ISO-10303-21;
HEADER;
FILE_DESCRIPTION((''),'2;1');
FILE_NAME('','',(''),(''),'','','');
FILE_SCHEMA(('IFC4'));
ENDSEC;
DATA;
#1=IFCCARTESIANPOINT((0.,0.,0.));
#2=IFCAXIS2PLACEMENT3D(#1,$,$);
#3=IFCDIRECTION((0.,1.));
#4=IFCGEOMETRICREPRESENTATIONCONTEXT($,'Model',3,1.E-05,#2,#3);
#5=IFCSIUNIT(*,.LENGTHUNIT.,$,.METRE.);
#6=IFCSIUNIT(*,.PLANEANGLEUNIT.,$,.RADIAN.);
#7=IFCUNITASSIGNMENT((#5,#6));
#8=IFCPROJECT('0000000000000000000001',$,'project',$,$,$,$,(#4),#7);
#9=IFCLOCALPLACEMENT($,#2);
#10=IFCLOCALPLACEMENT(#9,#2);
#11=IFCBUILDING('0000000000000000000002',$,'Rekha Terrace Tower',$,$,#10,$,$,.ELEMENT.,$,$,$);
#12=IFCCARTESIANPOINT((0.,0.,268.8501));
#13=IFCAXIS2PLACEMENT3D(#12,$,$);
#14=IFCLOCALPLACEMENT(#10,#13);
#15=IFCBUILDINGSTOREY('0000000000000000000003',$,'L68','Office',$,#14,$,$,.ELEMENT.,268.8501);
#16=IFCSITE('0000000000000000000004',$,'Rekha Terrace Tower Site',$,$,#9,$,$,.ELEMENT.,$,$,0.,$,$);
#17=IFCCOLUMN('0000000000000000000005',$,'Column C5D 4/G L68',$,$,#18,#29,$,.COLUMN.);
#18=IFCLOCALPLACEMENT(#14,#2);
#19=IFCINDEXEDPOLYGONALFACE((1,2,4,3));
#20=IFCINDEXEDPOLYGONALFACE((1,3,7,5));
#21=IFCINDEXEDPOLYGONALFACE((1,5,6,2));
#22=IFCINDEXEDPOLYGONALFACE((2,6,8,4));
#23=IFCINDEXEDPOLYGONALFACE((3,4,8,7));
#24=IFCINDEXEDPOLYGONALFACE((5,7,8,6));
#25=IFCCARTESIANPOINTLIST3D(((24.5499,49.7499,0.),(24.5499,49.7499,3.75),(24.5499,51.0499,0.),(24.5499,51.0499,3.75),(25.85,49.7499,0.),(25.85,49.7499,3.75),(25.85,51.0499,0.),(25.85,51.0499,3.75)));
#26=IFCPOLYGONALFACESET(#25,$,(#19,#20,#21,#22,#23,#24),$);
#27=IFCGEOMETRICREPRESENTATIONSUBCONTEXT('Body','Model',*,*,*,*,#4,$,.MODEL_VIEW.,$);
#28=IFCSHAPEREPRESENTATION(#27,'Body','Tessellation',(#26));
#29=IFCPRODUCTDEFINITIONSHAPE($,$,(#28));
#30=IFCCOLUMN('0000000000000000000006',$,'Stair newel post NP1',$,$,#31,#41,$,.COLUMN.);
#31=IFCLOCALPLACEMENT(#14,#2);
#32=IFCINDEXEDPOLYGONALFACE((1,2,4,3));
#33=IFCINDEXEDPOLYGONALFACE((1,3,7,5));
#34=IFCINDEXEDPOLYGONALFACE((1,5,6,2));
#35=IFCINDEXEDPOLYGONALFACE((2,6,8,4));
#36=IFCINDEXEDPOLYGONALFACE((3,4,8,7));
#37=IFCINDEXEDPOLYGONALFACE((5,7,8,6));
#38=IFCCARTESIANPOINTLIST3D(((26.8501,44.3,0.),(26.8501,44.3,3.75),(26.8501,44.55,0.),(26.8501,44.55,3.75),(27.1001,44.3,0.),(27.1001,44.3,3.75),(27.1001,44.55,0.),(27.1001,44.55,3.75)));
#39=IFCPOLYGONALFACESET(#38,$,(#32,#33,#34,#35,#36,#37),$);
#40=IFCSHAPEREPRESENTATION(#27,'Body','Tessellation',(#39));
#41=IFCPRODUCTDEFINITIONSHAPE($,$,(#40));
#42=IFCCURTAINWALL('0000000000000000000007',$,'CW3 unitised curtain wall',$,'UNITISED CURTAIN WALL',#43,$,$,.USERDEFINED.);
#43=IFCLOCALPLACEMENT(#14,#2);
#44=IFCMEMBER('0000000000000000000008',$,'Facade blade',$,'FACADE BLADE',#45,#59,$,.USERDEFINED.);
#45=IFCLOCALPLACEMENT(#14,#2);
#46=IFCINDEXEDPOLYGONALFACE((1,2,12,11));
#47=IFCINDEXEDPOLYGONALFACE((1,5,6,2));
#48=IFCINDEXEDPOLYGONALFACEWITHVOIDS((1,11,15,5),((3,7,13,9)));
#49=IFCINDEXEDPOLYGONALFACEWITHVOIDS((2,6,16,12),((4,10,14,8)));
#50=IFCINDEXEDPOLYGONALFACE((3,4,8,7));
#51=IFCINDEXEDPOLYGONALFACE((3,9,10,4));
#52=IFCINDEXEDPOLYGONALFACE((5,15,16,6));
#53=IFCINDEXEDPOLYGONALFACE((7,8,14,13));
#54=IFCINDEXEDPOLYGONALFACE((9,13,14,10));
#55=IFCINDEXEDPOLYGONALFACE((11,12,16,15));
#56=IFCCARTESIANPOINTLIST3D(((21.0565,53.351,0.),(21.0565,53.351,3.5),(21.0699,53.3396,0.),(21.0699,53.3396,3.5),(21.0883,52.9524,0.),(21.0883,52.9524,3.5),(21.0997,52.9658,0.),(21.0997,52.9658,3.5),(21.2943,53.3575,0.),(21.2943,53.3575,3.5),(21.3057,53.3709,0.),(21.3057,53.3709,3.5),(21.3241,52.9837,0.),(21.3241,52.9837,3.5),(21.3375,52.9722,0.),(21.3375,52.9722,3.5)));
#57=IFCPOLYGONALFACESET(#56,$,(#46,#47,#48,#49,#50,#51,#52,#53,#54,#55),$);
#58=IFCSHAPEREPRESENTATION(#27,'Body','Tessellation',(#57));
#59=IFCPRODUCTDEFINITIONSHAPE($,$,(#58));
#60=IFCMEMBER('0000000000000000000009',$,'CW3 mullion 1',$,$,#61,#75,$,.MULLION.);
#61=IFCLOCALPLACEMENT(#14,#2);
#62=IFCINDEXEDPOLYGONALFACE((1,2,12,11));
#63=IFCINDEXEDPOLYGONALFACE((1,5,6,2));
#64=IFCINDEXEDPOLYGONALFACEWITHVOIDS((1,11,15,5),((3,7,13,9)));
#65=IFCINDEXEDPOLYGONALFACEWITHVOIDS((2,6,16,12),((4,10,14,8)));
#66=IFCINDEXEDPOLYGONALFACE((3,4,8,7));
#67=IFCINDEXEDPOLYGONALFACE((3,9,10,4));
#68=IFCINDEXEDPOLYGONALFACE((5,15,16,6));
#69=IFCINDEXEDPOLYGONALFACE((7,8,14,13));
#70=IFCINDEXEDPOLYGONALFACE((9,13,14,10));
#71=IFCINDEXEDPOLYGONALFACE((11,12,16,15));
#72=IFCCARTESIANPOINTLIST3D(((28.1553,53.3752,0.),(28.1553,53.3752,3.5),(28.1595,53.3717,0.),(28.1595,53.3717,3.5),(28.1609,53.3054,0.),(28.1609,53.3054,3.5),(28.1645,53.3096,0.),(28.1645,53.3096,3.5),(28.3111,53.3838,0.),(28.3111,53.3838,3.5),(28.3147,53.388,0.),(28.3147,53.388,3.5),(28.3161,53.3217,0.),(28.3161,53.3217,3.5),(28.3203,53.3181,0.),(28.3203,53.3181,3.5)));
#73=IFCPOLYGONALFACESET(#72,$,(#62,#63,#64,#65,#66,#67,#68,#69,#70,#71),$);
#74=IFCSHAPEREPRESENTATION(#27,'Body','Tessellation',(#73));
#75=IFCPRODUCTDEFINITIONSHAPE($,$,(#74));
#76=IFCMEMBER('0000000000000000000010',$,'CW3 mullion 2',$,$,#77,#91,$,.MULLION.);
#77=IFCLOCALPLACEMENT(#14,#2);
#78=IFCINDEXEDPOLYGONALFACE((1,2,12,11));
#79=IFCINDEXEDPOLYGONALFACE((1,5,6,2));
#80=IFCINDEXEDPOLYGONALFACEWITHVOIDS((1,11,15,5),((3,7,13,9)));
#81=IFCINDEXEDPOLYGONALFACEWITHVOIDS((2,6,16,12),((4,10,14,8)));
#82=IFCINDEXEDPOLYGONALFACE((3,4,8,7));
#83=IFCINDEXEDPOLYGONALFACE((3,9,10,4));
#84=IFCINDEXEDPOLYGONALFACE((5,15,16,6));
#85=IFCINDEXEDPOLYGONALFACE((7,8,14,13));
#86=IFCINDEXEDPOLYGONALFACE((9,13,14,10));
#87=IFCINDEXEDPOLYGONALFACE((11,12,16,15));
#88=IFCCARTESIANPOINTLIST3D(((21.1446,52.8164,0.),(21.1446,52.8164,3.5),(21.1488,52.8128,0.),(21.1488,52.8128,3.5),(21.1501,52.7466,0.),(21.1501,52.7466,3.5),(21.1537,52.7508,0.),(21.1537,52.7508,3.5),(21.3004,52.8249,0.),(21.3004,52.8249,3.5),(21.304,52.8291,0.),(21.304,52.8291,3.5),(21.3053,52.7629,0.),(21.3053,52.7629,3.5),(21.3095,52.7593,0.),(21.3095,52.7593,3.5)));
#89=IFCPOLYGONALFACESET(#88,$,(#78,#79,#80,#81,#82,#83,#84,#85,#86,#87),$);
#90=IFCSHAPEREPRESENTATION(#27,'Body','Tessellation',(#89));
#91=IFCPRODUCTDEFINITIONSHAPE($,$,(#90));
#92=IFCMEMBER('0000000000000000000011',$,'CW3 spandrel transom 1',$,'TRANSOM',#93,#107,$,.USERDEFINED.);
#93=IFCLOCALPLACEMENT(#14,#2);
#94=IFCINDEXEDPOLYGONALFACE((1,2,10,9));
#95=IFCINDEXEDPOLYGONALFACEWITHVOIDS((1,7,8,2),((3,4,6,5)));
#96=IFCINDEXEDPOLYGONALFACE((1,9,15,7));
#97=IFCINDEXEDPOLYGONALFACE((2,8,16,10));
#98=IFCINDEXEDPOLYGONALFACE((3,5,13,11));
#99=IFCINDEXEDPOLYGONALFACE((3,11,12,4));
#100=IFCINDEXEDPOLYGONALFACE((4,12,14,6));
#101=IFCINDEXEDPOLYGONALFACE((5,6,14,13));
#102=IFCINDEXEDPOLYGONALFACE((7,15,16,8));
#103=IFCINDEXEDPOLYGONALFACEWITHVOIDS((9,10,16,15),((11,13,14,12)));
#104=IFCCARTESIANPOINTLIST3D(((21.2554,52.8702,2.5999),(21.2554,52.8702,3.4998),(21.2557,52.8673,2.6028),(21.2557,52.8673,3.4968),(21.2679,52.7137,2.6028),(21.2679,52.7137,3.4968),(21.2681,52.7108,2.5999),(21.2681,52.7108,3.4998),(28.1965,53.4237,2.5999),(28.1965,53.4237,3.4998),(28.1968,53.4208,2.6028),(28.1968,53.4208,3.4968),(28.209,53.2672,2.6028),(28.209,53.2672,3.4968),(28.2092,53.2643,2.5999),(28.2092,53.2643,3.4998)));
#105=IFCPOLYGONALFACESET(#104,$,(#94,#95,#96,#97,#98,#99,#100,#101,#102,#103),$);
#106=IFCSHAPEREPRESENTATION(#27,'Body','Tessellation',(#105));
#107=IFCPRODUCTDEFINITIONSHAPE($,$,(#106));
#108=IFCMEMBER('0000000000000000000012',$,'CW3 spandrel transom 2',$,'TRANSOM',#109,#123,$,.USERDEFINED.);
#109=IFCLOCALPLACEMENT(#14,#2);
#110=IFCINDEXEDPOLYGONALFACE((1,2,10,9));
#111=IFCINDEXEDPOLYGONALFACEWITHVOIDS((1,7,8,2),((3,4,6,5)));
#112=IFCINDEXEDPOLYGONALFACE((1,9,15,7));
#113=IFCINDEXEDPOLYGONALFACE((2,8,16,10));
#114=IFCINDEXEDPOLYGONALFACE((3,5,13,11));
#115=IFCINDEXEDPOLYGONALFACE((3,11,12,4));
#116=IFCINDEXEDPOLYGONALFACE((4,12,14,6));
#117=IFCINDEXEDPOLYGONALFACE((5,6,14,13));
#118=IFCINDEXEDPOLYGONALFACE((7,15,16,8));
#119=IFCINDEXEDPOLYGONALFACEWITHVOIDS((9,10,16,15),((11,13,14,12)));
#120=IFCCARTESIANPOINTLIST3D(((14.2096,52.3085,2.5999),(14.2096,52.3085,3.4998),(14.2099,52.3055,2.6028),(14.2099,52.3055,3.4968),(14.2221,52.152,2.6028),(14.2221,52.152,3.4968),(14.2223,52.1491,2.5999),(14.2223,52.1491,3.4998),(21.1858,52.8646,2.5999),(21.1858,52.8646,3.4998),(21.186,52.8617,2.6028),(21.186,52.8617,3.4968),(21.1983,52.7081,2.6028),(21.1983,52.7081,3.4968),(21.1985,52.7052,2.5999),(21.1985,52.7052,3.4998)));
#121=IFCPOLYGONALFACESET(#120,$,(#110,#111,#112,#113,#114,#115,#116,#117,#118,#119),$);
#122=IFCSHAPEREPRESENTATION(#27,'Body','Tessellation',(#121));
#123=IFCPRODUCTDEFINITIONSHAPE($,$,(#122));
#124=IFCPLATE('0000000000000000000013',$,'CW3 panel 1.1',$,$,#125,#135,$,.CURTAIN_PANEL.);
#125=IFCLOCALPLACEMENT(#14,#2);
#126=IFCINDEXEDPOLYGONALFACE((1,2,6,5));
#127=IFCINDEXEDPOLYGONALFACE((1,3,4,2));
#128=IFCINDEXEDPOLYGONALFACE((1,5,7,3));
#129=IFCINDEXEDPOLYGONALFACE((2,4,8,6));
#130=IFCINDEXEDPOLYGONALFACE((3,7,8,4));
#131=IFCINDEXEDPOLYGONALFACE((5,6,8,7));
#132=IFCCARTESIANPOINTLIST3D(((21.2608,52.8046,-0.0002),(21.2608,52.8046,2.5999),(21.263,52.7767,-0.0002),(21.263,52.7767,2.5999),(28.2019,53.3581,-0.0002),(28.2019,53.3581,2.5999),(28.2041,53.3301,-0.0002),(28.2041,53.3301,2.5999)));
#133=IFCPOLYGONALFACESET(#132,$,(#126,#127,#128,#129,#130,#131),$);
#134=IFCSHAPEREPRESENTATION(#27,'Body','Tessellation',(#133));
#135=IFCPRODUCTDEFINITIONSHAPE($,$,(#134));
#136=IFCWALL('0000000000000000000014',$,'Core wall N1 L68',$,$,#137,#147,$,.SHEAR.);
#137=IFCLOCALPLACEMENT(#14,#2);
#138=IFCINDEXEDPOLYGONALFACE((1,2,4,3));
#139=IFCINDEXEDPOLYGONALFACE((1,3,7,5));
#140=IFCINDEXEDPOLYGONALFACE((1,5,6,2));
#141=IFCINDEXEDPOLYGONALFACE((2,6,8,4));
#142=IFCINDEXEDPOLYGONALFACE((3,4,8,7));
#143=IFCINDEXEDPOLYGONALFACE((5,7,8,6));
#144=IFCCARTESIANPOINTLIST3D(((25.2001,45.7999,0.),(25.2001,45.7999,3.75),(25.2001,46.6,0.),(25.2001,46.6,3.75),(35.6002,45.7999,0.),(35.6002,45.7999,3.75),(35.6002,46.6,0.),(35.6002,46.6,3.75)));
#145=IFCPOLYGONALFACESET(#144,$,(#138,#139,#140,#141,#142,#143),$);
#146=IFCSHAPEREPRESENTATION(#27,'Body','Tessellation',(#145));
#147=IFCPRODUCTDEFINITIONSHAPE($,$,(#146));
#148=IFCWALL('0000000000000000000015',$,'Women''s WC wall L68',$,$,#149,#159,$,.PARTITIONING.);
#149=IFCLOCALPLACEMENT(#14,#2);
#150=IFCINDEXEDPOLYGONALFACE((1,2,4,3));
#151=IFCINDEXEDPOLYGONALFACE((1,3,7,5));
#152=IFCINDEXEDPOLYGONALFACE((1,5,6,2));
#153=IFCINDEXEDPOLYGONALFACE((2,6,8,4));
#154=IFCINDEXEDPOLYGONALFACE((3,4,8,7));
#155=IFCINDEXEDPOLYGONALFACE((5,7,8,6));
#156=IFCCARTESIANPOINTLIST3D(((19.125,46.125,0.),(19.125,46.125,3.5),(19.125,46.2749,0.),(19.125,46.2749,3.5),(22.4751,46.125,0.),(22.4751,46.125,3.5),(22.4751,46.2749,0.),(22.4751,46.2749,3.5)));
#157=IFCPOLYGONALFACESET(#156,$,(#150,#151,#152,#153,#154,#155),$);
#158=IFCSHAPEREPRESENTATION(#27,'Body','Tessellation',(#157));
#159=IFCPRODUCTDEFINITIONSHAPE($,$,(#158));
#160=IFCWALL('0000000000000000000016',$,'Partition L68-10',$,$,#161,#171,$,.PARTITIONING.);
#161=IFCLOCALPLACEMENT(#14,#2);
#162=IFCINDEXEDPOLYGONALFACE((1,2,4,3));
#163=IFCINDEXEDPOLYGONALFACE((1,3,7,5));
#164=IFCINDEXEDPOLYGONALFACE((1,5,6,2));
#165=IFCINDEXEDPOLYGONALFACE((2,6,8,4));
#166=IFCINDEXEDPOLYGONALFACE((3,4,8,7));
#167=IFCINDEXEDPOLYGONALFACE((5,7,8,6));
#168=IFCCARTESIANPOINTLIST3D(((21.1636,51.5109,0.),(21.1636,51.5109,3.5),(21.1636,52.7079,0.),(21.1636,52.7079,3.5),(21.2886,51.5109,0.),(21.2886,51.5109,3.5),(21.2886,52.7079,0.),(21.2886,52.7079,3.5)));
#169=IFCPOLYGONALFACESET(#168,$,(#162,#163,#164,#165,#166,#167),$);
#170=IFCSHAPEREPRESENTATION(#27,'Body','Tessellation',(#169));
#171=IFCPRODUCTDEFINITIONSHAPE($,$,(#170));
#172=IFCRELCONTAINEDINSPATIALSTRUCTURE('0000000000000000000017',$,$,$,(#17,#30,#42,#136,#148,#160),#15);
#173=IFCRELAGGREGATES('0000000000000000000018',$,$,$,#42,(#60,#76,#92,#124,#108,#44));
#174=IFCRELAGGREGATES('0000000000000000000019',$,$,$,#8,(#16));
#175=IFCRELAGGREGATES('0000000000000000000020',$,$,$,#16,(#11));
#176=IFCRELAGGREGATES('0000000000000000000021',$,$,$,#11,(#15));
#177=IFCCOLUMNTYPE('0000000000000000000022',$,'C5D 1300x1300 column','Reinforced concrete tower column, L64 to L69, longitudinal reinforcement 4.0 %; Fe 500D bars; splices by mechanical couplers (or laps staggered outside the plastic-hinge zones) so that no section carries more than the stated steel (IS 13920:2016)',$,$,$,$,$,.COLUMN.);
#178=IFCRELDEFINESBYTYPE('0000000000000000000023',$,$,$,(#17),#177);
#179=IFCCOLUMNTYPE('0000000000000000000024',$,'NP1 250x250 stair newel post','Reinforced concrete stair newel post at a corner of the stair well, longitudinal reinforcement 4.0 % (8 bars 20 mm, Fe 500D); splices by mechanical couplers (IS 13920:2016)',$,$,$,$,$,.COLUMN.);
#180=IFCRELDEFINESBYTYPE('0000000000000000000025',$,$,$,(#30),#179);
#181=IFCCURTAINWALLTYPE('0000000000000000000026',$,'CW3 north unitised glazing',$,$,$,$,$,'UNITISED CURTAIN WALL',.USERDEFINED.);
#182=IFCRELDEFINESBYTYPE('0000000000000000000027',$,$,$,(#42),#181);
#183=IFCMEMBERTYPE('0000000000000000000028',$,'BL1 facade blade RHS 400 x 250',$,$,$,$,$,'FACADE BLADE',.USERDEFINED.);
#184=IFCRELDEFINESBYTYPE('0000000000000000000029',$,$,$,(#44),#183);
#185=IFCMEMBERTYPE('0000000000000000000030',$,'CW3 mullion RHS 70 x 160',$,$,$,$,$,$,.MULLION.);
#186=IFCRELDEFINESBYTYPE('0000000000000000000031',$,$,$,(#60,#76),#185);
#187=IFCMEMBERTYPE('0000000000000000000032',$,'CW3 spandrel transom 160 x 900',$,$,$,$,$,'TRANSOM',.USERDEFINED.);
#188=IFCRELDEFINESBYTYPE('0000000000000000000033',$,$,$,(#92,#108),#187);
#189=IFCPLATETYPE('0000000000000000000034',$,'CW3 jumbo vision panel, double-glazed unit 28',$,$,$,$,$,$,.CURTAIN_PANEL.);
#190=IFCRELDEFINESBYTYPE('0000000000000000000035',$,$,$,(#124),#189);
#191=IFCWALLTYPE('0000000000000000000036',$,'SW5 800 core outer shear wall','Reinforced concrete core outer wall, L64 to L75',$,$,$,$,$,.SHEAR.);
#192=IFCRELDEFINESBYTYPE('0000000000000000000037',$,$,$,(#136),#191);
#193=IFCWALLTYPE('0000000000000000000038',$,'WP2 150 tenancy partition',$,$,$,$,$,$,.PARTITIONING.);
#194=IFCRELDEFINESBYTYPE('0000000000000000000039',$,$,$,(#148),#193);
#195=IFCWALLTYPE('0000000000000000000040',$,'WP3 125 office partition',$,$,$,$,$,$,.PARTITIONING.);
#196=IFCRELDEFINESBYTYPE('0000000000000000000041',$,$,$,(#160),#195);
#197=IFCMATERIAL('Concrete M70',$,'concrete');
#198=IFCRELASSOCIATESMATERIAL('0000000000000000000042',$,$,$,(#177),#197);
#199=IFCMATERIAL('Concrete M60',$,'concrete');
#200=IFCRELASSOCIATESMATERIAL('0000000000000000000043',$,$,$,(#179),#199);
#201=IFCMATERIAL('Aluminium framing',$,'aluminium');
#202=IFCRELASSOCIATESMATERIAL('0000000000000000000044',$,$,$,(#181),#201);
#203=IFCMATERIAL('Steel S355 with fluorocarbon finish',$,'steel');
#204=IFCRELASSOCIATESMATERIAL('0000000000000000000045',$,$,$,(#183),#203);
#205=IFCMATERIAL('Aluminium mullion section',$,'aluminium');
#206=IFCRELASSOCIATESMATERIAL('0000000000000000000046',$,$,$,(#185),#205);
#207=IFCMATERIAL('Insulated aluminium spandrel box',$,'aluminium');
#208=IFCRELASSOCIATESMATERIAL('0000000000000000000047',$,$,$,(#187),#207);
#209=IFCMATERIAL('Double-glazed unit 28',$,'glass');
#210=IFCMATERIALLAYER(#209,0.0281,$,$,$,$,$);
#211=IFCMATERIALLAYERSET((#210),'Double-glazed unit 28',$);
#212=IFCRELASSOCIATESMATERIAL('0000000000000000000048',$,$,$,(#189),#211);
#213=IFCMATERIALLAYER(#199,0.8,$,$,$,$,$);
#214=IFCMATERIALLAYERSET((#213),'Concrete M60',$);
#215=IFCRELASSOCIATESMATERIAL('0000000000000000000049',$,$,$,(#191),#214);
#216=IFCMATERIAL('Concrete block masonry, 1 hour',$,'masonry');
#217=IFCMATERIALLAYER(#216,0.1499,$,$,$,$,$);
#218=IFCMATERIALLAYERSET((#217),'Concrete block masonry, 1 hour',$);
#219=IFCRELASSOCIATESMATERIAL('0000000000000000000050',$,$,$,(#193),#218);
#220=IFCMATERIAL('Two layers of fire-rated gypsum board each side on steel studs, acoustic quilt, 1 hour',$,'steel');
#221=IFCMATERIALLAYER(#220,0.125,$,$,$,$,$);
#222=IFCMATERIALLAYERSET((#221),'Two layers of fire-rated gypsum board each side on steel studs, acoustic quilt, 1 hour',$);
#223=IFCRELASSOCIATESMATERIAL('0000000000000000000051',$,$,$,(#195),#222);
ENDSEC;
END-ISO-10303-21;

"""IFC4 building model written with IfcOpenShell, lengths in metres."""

from ifc_helpers import new_model, si_unit, direction, frame, frame_2d, origin, origin_2d, place, context, subcontext, project, spatial, rectangle, hollow_rectangle, extrude, material, layer, layer_set, material_profile, profile_set, type_object, element, aggregate, save


model = new_model("IFC4")

# Units and contexts
model_context = context("Model", 3, precision=1e-05, world=origin(), true_north=direction((0.0, 1.0)))
body_context = subcontext(model_context, "Body", "Model", "MODEL_VIEW")
ifc_project = project(units=[si_unit("LENGTHUNIT", "METRE"), si_unit("PLANEANGLEUNIT", "RADIAN")], contexts=[model_context])

# Site, building, storey
site_placement = place(None, origin())
site = spatial("IfcSite", under=ifc_project, at=site_placement, Name="Rekha Terrace Tower Site", CompositionType="ELEMENT", RefElevation=0.0)
building_placement = place(site_placement, origin())
building = spatial("IfcBuilding", under=site, at=building_placement, Name="Rekha Terrace Tower", CompositionType="ELEMENT")
storey_placement = place(building_placement, frame((0.0, 0.0, 268.8501)))
storey = spatial("IfcBuildingStorey", under=building, at=storey_placement, Name="L68", Description="Office", CompositionType="ELEMENT", Elevation=268.8501)

# Columns
ifc_material_1 = material(Name="Concrete M70", Category="concrete")
ifc_material_profile_1 = material_profile(ifc_material_1, rectangle(XDim=1.3, YDim=1.3, at=origin_2d()), Name="RC 1300x1300")
ifc_profile_set_1 = profile_set([ifc_material_profile_1], Name="Concrete M70")
column_type_1 = type_object("IfcColumnType", Name="C5D 1300x1300 column", Description="Reinforced concrete tower column, L64 to L69, longitudinal reinforcement 4.0 %; Fe 500D bars; splices by mechanical couplers (or laps staggered outside the plastic-hinge zones) so that no section carries more than the stated steel (IS 13920:2016)", PredefinedType="COLUMN", material=ifc_profile_set_1)
column_1_placement = place(storey_placement, frame((25.2, 50.3999, 0.0), z_axis=(0.0, 0.0, 1.0), x_axis=(1.0, 0.0, 0.0)))
element("IfcColumn", 1, at=column_1_placement, inside=storey, type_object=column_type_1, Name="Column C5D 4/G L68", PredefinedType="COLUMN", context=body_context, shape_type="SweptSolid", body=[
    extrude(rectangle(XDim=1.3, YDim=1.3, at=origin_2d()), origin(), (0.0, 0.0, 1.0), 3.75),
])
ifc_material_2 = material(Name="Concrete M60", Category="concrete")
ifc_material_profile_2 = material_profile(ifc_material_2, rectangle(XDim=0.25, YDim=0.25, at=origin_2d()), Name="RC 250x250")
ifc_profile_set_2 = profile_set([ifc_material_profile_2], Name="Concrete M60")
column_type_2 = type_object("IfcColumnType", Name="NP1 250x250 stair newel post", Description="Reinforced concrete stair newel post at a corner of the stair well, longitudinal reinforcement 4.0 % (8 bars 20 mm, Fe 500D); splices by mechanical couplers (IS 13920:2016)", PredefinedType="COLUMN", material=ifc_profile_set_2)
column_2_placement = place(storey_placement, frame((26.9751, 44.425, 0.0), z_axis=(0.0, 0.0, 1.0), x_axis=(1.0, 0.0, 0.0)))
element("IfcColumn", 2, at=column_2_placement, inside=storey, type_object=column_type_2, Name="Stair newel post NP1", PredefinedType="COLUMN", context=body_context, shape_type="SweptSolid", body=[
    extrude(rectangle(XDim=0.25, YDim=0.25, at=origin_2d()), origin(), (0.0, 0.0, 1.0), 3.75),
])

# Curtain wall, members, plate
ifc_material_3 = material(Name="Aluminium framing", Category="aluminium")
curtain_wall_type = type_object("IfcCurtainWallType", Name="CW3 north unitised glazing", ElementType="UNITISED CURTAIN WALL", PredefinedType="USERDEFINED", material=ifc_material_3)
curtain_wall_placement = place(storey_placement, origin())
curtain_wall = element("IfcCurtainWall", 3, at=curtain_wall_placement, inside=storey, type_object=curtain_wall_type, Name="CW3 unitised curtain wall", ObjectType="UNITISED CURTAIN WALL", PredefinedType="USERDEFINED")
ifc_material_4 = material(Name="Steel S355 with fluorocarbon finish", Category="steel")
ifc_material_profile_3 = material_profile(ifc_material_4, hollow_rectangle(XDim=0.25, YDim=0.3999, WallThickness=0.0125, at=origin_2d()), Name="RHS400x250x12.5")
ifc_profile_set_3 = profile_set([ifc_material_profile_3], Name="Steel S355 with fluorocarbon finish")
member_type_1 = type_object("IfcMemberType", Name="BL1 facade blade RHS 400 x 250", ElementType="FACADE BLADE", PredefinedType="USERDEFINED", material=ifc_profile_set_3)
member_1_placement = place(storey_placement, frame((21.197, 53.1616, 0.0), z_axis=(0.0, 0.0, 1.0), x_axis=(-0.996836, -0.079486, 0.0)))
member_1 = element("IfcMember", 4, at=member_1_placement, type_object=member_type_1, Name="Facade blade", ObjectType="FACADE BLADE", PredefinedType="USERDEFINED", context=body_context, shape_type="SweptSolid", body=[
    extrude(hollow_rectangle(XDim=0.25, YDim=0.3999, WallThickness=0.0125, at=origin_2d()), origin(), (0.0, 0.0, 1.0), 3.5),
])
ifc_material_5 = material(Name="Aluminium mullion section", Category="aluminium")
ifc_material_profile_4 = material_profile(ifc_material_5, hollow_rectangle(XDim=0.0701, YDim=0.1599, WallThickness=0.0039, at=origin_2d()), Name="AL RHS 70x160")
ifc_profile_set_4 = profile_set([ifc_material_profile_4], Name="Aluminium mullion section")
member_type_2 = type_object("IfcMemberType", Name="CW3 mullion RHS 70 x 160", PredefinedType="MULLION", material=ifc_profile_set_4)
member_2_placement = place(storey_placement, frame((28.2378, 53.3467, 0.0), z_axis=(0.0, 0.0, 1.0), x_axis=(0.079485, -0.996836, 0.0)))
member_2 = element("IfcMember", 5, at=member_2_placement, type_object=member_type_2, Name="CW3 mullion 1", PredefinedType="MULLION", context=body_context, shape_type="SweptSolid", body=[
    extrude(hollow_rectangle(XDim=0.0701, YDim=0.1599, WallThickness=0.0039, at=origin_2d()), origin(), (0.0, 0.0, 1.0), 3.5),
])
member_3_placement = place(storey_placement, frame((21.2271, 52.7878, 0.0), z_axis=(0.0, 0.0, 1.0), x_axis=(0.079485, -0.996836, 0.0)))
member_3 = element("IfcMember", 6, at=member_3_placement, type_object=member_type_2, Name="CW3 mullion 2", PredefinedType="MULLION", context=body_context, shape_type="SweptSolid", body=[
    extrude(hollow_rectangle(XDim=0.0701, YDim=0.1599, WallThickness=0.0039, at=origin_2d()), origin(), (0.0, 0.0, 1.0), 3.5),
])
ifc_material_6 = material(Name="Insulated aluminium spandrel box", Category="aluminium")
ifc_material_profile_5 = material_profile(ifc_material_6, hollow_rectangle(XDim=0.1599, YDim=0.8999, WallThickness=0.0029, at=origin_2d()), Name="AL SPANDREL BOX 160x900")
ifc_profile_set_5 = profile_set([ifc_material_profile_5], Name="Insulated aluminium spandrel box")
member_type_3 = type_object("IfcMemberType", Name="CW3 spandrel transom 160 x 900", ElementType="TRANSOM", PredefinedType="USERDEFINED", material=ifc_profile_set_5)
member_4_placement = place(storey_placement, frame((28.2029, 53.344, 3.0498), z_axis=(-0.996836, -0.079485, 0.0), x_axis=(0.079485, -0.996836, 0.0)))
member_4 = element("IfcMember", 7, at=member_4_placement, type_object=member_type_3, Name="CW3 spandrel transom 1", ObjectType="TRANSOM", PredefinedType="USERDEFINED", context=body_context, shape_type="SweptSolid", body=[
    extrude(hollow_rectangle(XDim=0.1599, YDim=0.8999, WallThickness=0.0029, at=origin_2d()), origin(), (0.0, 0.0, 1.0), 6.9631),
])
member_5_placement = place(storey_placement, frame((21.1921, 52.7849, 3.0498), z_axis=(-0.996837, -0.079471, 0.0), x_axis=(0.079471, -0.996837, 0.0)))
member_5 = element("IfcMember", 8, at=member_5_placement, type_object=member_type_3, Name="CW3 spandrel transom 2", ObjectType="TRANSOM", PredefinedType="USERDEFINED", context=body_context, shape_type="SweptSolid", body=[
    extrude(hollow_rectangle(XDim=0.1599, YDim=0.8999, WallThickness=0.0029, at=origin_2d()), origin(), (0.0, 0.0, 1.0), 6.9983),
])
ifc_material_7 = material(Name="Double-glazed unit 28", Category="glass")
ifc_layer_1 = layer(ifc_material_7, 0.0281)
ifc_layer_set_1 = layer_set([ifc_layer_1], Name="Double-glazed unit 28")
plate_type = type_object("IfcPlateType", Name="CW3 jumbo vision panel, double-glazed unit 28", PredefinedType="CURTAIN_PANEL", material=ifc_layer_set_1)
plate_placement = place(storey_placement, frame((24.7324, 53.0674, -0.0002), z_axis=(0.0, 0.0, 1.0), x_axis=(-0.996836, -0.079485, 0.0)))
plate = element("IfcPlate", 9, at=plate_placement, type_object=plate_type, Name="CW3 panel 1.1", PredefinedType="CURTAIN_PANEL", context=body_context, shape_type="SweptSolid", body=[
    extrude(rectangle(XDim=6.9631, YDim=0.0281, at=origin_2d()), origin(), (0.0, 0.0, 1.0), 2.6001),
])
aggregate(curtain_wall, [member_2, member_3, member_4, plate, member_5, member_1])

# Walls
ifc_layer_2 = layer(ifc_material_2, 0.8)
ifc_layer_set_2 = layer_set([ifc_layer_2], Name="Concrete M60")
wall_type_1 = type_object("IfcWallType", Name="SW5 800 core outer shear wall", Description="Reinforced concrete core outer wall, L64 to L75", PredefinedType="SHEAR", material=ifc_layer_set_2)
wall_1_placement = place(storey_placement, frame((25.2, 46.2, 0.0), z_axis=(0.0, 0.0, 1.0), x_axis=(1.0, 0.0, 0.0)))
element("IfcWall", 10, at=wall_1_placement, inside=storey, type_object=wall_type_1, Name="Core wall N1 L68", PredefinedType="SHEAR", context=body_context, shape_type="SweptSolid", body=[
    extrude(rectangle(XDim=10.4001, YDim=0.8, at=frame_2d((5.2002, 0.0))), origin(), (0.0, 0.0, 1.0), 3.75),
])
ifc_material_8 = material(Name="Concrete block masonry, 1 hour", Category="masonry")
ifc_layer_3 = layer(ifc_material_8, 0.1499)
ifc_layer_set_3 = layer_set([ifc_layer_3], Name="Concrete block masonry, 1 hour")
wall_type_2 = type_object("IfcWallType", Name="WP2 150 tenancy partition", PredefinedType="PARTITIONING", material=ifc_layer_set_3)
wall_2_placement = place(storey_placement, frame((19.125, 46.2, 0.0), z_axis=(0.0, 0.0, 1.0), x_axis=(1.0, 0.0, 0.0)))
element("IfcWall", 11, at=wall_2_placement, inside=storey, type_object=wall_type_2, Name="Women's WC wall L68", PredefinedType="PARTITIONING", context=body_context, shape_type="SweptSolid", body=[
    extrude(rectangle(XDim=3.3501, YDim=0.1499, at=frame_2d((1.675, 0.0))), origin(), (0.0, 0.0, 1.0), 3.5),
])
ifc_material_9 = material(Name="Two layers of fire-rated gypsum board each side on steel studs, acoustic quilt, 1 hour", Category="steel")
ifc_layer_4 = layer(ifc_material_9, 0.125)
ifc_layer_set_4 = layer_set([ifc_layer_4], Name="Two layers of fire-rated gypsum board each side on steel studs, acoustic quilt, 1 hour")
wall_type_3 = type_object("IfcWallType", Name="WP3 125 office partition", PredefinedType="PARTITIONING", material=ifc_layer_set_4)
wall_3_placement = place(storey_placement, frame((21.2261, 52.708, 0.0), z_axis=(0.0, 0.0, 1.0), x_axis=(0.0, -1.0, 0.0)))
element("IfcWall", 12, at=wall_3_placement, inside=storey, type_object=wall_type_3, Name="Partition L68-10", PredefinedType="PARTITIONING", context=body_context, shape_type="SweptSolid", body=[
    extrude(rectangle(XDim=1.197, YDim=0.125, at=frame_2d((0.5986, 0.0))), origin(), (0.0, 0.0, 1.0), 3.5),
])

save(model, "model.ifc")
